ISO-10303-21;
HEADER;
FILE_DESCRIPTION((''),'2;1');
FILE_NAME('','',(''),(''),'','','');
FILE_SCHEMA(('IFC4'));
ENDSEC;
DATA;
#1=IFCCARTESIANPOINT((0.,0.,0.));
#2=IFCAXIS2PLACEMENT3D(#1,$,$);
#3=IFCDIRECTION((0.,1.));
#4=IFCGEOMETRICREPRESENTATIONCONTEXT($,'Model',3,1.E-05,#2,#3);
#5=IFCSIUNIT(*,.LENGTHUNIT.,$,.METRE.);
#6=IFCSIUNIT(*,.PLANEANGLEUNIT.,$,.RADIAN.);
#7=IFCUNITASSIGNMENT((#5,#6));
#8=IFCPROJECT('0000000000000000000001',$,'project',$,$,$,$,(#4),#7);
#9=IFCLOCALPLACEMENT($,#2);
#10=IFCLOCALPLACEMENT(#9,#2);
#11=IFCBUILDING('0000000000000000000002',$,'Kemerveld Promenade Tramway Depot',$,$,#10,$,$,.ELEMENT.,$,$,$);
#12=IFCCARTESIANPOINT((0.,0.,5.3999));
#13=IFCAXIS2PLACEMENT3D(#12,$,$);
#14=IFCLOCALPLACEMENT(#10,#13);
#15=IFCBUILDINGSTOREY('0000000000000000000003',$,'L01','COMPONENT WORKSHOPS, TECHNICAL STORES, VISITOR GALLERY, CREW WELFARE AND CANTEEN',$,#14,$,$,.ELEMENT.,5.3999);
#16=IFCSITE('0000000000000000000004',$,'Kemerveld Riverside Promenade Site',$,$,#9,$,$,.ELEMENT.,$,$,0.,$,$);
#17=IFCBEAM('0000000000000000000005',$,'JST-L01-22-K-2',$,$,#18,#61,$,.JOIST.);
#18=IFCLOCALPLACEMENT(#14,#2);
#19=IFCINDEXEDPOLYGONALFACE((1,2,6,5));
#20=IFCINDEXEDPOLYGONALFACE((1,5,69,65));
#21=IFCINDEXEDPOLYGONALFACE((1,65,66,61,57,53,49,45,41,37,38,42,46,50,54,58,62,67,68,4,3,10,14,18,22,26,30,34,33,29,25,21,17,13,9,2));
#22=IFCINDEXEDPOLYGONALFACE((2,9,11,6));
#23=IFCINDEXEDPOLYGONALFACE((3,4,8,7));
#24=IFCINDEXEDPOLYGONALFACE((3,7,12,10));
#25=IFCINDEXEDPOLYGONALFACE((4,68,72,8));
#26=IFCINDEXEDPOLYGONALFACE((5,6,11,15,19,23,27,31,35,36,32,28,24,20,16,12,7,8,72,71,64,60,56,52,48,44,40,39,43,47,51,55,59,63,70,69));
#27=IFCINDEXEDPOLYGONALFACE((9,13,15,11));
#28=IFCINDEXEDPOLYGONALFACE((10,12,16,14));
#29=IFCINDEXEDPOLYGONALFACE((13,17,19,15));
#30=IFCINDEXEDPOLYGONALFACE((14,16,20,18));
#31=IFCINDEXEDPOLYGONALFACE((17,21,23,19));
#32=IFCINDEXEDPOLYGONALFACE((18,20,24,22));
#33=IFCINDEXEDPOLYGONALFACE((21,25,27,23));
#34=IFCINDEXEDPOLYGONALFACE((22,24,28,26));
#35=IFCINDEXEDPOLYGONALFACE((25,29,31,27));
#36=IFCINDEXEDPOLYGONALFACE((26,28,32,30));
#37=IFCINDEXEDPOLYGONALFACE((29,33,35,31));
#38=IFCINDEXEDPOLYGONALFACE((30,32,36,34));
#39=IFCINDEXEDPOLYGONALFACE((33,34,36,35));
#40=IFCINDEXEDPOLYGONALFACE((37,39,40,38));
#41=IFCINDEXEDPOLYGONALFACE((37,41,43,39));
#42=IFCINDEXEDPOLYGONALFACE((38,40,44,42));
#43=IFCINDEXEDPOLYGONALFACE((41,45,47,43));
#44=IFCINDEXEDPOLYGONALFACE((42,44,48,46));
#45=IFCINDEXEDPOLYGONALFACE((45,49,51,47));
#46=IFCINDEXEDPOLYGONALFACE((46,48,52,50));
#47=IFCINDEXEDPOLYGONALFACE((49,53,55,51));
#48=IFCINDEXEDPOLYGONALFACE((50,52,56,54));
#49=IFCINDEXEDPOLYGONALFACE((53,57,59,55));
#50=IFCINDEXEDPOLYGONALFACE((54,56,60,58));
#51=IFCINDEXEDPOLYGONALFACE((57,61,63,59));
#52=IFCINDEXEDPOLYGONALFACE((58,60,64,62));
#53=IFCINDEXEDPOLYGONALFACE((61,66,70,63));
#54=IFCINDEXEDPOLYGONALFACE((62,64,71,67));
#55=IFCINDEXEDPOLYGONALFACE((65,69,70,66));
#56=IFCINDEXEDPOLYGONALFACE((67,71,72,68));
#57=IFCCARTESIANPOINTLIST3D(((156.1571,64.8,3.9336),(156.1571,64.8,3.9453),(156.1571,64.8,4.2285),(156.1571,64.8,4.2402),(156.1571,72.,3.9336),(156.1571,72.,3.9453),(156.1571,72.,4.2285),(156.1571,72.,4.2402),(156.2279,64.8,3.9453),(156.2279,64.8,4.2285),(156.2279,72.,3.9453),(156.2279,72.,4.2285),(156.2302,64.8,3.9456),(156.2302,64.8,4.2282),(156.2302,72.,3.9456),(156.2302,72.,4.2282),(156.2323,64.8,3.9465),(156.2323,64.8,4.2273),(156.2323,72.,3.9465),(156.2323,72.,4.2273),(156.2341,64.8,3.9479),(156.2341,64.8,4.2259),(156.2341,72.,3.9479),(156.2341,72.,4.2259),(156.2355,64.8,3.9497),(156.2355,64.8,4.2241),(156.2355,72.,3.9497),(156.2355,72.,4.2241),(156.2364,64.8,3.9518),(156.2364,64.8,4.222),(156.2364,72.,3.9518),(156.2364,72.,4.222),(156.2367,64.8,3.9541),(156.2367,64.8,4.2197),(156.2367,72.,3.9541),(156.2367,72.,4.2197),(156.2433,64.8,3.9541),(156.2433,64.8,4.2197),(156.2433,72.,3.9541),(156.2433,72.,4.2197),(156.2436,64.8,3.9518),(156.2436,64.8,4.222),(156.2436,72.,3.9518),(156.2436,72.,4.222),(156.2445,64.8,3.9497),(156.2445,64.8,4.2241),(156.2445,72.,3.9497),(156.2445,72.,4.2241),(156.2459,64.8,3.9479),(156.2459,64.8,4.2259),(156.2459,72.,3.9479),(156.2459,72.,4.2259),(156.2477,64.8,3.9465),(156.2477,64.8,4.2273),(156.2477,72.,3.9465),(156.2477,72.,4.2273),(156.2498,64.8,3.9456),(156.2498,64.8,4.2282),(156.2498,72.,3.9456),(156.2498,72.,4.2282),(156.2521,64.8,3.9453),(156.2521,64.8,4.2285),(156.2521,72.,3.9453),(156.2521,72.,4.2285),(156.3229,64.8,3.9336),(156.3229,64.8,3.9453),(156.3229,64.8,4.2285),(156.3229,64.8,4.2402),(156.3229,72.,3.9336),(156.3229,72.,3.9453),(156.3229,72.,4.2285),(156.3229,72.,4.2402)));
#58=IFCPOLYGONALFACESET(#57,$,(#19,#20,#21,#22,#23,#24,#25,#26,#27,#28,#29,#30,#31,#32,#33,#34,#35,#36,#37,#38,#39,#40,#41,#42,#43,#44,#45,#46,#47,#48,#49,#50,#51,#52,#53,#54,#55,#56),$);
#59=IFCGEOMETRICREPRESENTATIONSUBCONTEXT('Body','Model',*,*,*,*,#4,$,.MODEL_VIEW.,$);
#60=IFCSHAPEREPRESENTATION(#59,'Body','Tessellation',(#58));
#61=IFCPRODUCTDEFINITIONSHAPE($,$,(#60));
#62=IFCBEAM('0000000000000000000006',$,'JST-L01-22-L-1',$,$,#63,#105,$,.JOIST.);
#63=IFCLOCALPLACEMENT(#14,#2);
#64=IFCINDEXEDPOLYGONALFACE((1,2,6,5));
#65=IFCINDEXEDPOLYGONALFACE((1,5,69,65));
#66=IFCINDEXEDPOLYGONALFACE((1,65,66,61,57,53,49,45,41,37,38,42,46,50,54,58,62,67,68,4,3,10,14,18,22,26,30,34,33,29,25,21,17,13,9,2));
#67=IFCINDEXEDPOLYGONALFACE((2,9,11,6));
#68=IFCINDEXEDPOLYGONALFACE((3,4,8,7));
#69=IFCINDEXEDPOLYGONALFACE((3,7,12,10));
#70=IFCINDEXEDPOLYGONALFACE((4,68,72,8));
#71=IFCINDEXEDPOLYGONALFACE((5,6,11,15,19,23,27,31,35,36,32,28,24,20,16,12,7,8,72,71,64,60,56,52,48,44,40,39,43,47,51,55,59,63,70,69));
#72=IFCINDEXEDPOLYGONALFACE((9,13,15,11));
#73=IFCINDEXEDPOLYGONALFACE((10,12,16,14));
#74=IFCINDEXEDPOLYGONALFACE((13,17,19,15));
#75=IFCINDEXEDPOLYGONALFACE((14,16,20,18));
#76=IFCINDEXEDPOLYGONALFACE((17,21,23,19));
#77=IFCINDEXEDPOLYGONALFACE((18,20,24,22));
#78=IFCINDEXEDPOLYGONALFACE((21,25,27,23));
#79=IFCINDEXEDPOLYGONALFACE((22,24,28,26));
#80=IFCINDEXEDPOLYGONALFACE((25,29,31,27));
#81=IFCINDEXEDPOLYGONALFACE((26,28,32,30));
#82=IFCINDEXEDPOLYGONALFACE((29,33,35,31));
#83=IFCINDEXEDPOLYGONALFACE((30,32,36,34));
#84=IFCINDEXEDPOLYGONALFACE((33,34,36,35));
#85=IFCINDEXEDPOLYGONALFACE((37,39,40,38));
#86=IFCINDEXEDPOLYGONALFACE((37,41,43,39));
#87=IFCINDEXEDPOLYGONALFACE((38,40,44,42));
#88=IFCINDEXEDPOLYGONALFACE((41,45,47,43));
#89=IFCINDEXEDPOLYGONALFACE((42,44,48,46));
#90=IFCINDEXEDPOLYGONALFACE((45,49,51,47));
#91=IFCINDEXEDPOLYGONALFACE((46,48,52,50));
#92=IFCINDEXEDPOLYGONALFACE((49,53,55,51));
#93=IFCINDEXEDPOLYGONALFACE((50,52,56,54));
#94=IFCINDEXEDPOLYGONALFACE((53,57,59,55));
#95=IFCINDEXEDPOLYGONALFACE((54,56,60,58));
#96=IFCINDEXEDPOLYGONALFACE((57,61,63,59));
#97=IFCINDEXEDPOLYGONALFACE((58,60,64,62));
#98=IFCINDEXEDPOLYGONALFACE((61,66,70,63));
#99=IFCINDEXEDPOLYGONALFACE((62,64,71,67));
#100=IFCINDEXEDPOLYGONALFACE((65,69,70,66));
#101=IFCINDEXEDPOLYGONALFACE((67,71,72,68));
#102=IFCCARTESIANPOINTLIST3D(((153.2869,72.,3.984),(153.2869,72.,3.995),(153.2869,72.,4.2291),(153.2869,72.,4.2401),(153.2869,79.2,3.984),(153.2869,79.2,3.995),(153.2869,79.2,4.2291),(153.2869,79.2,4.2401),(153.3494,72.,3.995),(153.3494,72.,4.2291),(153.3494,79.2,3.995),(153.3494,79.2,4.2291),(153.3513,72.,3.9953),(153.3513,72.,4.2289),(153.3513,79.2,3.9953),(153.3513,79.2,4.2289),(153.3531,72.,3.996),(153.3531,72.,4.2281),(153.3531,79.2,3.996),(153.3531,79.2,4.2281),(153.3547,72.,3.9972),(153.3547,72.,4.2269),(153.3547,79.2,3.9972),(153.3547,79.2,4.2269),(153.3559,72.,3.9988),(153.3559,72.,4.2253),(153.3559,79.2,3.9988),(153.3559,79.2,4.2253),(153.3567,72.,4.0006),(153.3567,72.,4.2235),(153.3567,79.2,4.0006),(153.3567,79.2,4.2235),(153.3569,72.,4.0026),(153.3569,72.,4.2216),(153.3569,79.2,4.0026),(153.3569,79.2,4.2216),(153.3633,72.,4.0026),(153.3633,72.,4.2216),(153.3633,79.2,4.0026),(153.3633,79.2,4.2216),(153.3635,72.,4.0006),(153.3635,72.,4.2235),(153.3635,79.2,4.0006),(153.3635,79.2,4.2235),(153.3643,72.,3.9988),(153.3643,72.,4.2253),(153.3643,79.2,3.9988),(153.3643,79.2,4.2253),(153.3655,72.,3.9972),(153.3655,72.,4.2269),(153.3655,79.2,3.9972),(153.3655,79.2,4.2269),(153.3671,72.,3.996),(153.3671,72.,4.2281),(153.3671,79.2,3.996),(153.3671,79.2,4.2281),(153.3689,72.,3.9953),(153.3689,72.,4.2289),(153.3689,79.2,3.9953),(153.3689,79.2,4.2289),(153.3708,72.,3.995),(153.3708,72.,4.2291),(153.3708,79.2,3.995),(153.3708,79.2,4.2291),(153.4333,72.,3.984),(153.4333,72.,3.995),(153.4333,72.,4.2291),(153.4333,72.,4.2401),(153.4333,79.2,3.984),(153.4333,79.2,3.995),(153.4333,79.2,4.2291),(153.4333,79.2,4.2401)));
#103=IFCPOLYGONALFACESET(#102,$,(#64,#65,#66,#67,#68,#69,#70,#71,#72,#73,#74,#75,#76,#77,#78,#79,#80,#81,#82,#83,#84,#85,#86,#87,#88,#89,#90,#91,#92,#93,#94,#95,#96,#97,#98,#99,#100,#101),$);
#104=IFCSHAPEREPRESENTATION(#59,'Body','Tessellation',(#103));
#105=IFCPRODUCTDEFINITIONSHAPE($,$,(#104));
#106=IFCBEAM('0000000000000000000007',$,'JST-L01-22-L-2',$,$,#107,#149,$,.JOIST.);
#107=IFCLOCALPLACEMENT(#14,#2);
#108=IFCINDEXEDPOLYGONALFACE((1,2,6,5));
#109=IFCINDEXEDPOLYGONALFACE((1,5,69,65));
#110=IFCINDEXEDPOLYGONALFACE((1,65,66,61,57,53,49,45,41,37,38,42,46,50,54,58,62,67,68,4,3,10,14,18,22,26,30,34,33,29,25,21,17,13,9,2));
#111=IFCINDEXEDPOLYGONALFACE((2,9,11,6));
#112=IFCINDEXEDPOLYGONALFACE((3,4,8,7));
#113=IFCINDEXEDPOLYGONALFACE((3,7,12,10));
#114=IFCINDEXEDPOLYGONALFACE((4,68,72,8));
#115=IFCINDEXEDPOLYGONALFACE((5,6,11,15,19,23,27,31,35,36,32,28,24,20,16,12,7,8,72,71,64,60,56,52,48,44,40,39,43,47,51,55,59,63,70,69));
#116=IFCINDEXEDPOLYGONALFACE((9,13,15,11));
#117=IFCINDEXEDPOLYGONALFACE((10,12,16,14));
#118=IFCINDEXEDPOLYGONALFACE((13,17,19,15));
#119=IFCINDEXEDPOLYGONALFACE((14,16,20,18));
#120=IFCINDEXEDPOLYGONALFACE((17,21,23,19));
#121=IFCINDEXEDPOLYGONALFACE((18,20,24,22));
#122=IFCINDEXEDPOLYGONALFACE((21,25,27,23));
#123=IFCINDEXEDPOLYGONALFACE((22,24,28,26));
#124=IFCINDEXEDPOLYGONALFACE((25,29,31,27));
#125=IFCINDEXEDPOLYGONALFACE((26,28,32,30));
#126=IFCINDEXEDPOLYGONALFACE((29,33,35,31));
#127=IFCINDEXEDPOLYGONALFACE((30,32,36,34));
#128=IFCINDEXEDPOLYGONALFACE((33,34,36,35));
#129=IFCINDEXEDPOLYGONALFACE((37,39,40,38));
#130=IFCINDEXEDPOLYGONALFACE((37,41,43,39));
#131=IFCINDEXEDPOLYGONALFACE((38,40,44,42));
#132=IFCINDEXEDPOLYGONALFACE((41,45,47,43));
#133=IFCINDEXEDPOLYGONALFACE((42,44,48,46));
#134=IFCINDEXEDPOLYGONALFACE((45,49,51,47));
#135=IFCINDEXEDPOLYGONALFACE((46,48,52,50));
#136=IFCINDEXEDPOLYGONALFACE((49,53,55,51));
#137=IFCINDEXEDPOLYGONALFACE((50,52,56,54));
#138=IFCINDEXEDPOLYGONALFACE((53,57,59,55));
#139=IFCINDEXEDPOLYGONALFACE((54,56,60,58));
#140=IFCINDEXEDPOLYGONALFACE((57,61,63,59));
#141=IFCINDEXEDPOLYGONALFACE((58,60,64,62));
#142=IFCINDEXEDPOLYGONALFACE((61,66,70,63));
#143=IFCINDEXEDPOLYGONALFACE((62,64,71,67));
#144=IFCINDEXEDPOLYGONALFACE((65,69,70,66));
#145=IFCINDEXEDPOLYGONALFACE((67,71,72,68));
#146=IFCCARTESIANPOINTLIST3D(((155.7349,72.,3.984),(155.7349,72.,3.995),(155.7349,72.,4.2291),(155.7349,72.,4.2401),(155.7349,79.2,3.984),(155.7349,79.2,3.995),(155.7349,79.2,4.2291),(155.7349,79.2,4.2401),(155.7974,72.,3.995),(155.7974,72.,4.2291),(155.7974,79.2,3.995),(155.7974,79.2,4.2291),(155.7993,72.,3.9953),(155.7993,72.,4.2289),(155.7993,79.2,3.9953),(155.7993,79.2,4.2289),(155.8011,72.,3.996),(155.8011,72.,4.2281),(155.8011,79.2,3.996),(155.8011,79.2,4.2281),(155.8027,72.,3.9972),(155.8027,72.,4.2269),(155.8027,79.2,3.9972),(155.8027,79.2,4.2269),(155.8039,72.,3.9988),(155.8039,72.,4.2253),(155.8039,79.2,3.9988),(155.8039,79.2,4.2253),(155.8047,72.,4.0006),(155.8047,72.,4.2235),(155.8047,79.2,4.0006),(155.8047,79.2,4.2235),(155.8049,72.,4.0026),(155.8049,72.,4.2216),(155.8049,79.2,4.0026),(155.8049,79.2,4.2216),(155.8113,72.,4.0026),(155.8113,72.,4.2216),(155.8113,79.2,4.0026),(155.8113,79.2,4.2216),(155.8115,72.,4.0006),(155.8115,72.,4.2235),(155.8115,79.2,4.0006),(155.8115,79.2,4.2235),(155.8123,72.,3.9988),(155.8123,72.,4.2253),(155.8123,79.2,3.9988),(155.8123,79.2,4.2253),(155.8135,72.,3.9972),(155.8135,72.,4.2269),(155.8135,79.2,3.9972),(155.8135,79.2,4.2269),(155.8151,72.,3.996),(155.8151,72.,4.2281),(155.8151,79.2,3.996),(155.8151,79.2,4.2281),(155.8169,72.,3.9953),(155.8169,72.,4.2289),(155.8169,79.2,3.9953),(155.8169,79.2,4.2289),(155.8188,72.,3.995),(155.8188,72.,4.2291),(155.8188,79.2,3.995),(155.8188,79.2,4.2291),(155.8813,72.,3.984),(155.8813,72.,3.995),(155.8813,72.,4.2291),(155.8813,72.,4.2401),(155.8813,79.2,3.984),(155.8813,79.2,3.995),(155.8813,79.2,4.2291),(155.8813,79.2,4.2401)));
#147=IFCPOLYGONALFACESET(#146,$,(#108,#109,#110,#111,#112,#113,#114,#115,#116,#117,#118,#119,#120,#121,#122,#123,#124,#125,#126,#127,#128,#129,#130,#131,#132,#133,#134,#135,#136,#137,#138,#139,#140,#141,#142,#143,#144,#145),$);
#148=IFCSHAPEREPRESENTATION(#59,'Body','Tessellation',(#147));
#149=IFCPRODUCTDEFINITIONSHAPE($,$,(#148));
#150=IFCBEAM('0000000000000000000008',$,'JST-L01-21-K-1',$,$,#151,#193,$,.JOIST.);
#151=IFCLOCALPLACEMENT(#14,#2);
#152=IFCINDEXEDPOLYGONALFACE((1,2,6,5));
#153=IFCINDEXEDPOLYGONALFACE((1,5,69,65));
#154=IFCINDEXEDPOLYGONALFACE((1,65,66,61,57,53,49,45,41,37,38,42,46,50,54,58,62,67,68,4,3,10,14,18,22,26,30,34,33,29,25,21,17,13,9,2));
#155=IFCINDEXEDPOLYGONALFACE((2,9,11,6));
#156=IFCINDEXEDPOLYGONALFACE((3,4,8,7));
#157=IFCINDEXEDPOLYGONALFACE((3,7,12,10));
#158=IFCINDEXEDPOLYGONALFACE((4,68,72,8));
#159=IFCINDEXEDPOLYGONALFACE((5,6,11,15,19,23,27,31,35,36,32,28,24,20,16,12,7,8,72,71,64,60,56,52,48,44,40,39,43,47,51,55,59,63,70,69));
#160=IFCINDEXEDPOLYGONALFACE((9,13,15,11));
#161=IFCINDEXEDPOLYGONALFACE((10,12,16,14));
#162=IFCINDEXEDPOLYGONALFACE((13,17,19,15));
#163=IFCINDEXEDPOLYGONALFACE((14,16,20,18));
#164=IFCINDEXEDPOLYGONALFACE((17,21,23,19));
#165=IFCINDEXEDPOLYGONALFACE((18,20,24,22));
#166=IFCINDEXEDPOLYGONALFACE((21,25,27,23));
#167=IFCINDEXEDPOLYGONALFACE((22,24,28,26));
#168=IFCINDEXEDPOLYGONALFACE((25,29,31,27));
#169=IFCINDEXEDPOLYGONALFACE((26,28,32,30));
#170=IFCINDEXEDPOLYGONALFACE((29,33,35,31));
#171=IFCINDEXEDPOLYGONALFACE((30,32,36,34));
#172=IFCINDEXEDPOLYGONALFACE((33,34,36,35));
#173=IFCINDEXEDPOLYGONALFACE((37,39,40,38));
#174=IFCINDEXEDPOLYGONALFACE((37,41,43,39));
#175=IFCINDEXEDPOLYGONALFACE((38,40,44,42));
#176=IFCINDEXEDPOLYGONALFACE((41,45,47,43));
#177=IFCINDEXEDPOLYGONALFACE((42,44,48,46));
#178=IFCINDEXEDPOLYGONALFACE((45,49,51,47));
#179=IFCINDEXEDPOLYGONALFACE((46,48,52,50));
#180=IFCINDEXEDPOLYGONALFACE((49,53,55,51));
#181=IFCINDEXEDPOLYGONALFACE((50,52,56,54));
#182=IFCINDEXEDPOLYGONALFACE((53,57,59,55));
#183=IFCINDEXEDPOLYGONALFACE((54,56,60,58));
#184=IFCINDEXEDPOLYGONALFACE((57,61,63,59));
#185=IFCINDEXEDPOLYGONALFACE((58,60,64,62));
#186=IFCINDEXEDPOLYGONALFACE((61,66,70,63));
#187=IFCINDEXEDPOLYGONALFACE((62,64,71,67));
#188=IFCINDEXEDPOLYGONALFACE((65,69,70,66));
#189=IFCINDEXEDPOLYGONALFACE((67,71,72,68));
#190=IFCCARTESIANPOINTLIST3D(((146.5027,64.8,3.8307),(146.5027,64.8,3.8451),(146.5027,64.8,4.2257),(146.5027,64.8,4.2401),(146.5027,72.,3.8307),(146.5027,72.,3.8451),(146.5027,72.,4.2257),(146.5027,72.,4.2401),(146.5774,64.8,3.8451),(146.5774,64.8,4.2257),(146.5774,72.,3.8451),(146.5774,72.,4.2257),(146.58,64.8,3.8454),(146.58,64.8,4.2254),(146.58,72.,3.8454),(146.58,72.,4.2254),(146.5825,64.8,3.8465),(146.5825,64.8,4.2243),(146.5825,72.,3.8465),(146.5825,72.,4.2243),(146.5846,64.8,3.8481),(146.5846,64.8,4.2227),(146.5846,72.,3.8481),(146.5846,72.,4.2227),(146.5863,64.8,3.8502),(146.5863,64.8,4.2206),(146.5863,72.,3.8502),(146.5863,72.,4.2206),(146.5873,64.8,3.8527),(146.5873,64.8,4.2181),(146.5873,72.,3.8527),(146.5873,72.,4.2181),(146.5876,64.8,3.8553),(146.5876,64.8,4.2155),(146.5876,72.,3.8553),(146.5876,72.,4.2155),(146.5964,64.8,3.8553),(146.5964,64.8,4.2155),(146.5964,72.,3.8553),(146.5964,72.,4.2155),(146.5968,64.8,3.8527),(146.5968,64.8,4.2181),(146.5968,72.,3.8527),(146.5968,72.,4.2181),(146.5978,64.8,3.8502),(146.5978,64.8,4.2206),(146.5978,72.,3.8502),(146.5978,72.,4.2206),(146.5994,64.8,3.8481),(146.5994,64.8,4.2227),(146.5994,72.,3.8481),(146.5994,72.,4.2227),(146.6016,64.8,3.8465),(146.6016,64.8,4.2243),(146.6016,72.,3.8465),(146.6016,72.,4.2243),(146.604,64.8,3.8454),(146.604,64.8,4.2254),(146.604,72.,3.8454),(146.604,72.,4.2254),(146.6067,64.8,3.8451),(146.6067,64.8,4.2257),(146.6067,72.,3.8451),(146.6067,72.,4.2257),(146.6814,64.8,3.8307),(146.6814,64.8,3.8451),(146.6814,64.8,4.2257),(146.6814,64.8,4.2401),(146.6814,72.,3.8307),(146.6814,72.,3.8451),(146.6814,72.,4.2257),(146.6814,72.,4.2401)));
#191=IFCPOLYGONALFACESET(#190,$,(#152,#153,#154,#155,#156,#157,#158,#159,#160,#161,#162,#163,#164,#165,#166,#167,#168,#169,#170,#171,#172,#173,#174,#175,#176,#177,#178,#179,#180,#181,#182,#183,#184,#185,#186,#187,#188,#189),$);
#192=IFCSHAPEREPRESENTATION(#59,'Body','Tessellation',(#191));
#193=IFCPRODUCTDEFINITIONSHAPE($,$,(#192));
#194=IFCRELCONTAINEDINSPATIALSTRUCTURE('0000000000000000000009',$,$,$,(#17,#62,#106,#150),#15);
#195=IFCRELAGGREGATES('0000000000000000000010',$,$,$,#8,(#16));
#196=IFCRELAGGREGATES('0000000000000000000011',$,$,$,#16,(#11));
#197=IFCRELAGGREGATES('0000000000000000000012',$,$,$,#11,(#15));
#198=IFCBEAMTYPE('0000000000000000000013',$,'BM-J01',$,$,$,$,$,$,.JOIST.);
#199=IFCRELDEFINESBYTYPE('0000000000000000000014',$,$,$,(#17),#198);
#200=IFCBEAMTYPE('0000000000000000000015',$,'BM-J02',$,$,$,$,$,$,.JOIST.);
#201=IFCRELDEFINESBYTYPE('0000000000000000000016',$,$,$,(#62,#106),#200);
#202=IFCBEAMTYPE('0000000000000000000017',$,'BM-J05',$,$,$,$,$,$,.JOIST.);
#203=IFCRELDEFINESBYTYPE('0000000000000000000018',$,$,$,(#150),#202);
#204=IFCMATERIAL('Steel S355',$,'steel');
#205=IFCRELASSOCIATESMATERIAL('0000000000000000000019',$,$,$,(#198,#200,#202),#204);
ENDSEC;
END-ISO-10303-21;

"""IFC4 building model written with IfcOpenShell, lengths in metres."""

from ifc_helpers import new_model, si_unit, direction, frame, origin, origin_2d, place, context, subcontext, project, spatial, i_section, extrude, material, material_profile, profile_set, type_object, element, save


model = new_model("IFC4")

# Units and contexts
model_context = context("Model", 3, precision=1e-05, world=origin(), true_north=direction((0.0, 1.0)))
body_context = subcontext(model_context, "Body", "Model", "MODEL_VIEW")
ifc_project = project(units=[si_unit("LENGTHUNIT", "METRE"), si_unit("PLANEANGLEUNIT", "RADIAN")], contexts=[model_context])

# Site, building, storey
site_placement = place(None, origin())
site = spatial("IfcSite", under=ifc_project, at=site_placement, Name="Kemerveld Riverside Promenade Site", CompositionType="ELEMENT", RefElevation=0.0)
building_placement = place(site_placement, origin())
building = spatial("IfcBuilding", under=site, at=building_placement, Name="Kemerveld Promenade Tramway Depot", CompositionType="ELEMENT")
storey_placement = place(building_placement, frame((0.0, 0.0, 5.3999)))
storey = spatial("IfcBuildingStorey", under=building, at=storey_placement, Name="L01", Description="COMPONENT WORKSHOPS, TECHNICAL STORES, VISITOR GALLERY, CREW WELFARE AND CANTEEN", CompositionType="ELEMENT", Elevation=5.3999)

# Shared definitions
ifc_material_1 = material(Name="Steel S355", Category="steel")

# Beams
ifc_material_profile_1 = material_profile(ifc_material_1, i_section(OverallWidth=0.1658, OverallDepth=0.3066, WebThickness=0.0066, FlangeThickness=0.0117, FilletRadius=0.0088, at=origin_2d()), Name="305x165x46 UB")
ifc_profile_set_1 = profile_set([ifc_material_profile_1], Name="Steel S355")
beam_type_1 = type_object("IfcBeamType", Name="BM-J01", PredefinedType="JOIST", material=ifc_profile_set_1)
for number, where, z_axis, x_axis, name in (
    (1, (156.24, 64.8, 4.0869), (0.0, 1.0, 0.0), (-1.0, 0.0, 0.0), "JST-L01-22-K-2"),
):
    element("IfcBeam", number, at=place(storey_placement, frame(where, z_axis=z_axis, x_axis=x_axis)), inside=storey, type_object=beam_type_1, Name=name, PredefinedType="JOIST", context=body_context, shape_type="SweptSolid", body=[
        extrude(i_section(OverallWidth=0.1658, OverallDepth=0.3066, WebThickness=0.0066, FlangeThickness=0.0117, FilletRadius=0.0088, at=origin_2d()), origin(), (0.0, 0.0, 1.0), 7.2),
    ])
ifc_material_profile_2 = material_profile(ifc_material_1, i_section(OverallWidth=0.1465, OverallDepth=0.2561, WebThickness=0.0063, FlangeThickness=0.011, FilletRadius=0.0076, at=origin_2d()), Name="254x146x37 UB")
ifc_profile_set_2 = profile_set([ifc_material_profile_2], Name="Steel S355")
beam_type_2 = type_object("IfcBeamType", Name="BM-J02", PredefinedType="JOIST", material=ifc_profile_set_2)
for number, where, z_axis, x_axis, name in (
    (2, (153.3601, 72.0, 4.1121), (0.0, 1.0, 0.0), (-1.0, 0.0, 0.0), "JST-L01-22-L-1"),
    (3, (155.8081, 72.0, 4.1121), (0.0, 1.0, 0.0), (-1.0, 0.0, 0.0), "JST-L01-22-L-2"),
):
    element("IfcBeam", number, at=place(storey_placement, frame(where, z_axis=z_axis, x_axis=x_axis)), inside=storey, type_object=beam_type_2, Name=name, PredefinedType="JOIST", context=body_context, shape_type="SweptSolid", body=[
        extrude(i_section(OverallWidth=0.1465, OverallDepth=0.2561, WebThickness=0.0063, FlangeThickness=0.011, FilletRadius=0.0076, at=origin_2d()), origin(), (0.0, 0.0, 1.0), 7.2),
    ])
ifc_material_profile_3 = material_profile(ifc_material_1, i_section(OverallWidth=0.1787, OverallDepth=0.4094, WebThickness=0.0088, FlangeThickness=0.0144, FilletRadius=0.0103, at=origin_2d()), Name="406x178x67 UB")
ifc_profile_set_3 = profile_set([ifc_material_profile_3], Name="Steel S355")
beam_type_3 = type_object("IfcBeamType", Name="BM-J05", PredefinedType="JOIST", material=ifc_profile_set_3)
for number, where, z_axis, x_axis, name in (
    (4, (146.592, 64.8, 4.0354), (0.0, 1.0, 0.0), (-1.0, 0.0, 0.0), "JST-L01-21-K-1"),
):
    element("IfcBeam", number, at=place(storey_placement, frame(where, z_axis=z_axis, x_axis=x_axis)), inside=storey, type_object=beam_type_3, Name=name, PredefinedType="JOIST", context=body_context, shape_type="SweptSolid", body=[
        extrude(i_section(OverallWidth=0.1787, OverallDepth=0.4094, WebThickness=0.0088, FlangeThickness=0.0144, FilletRadius=0.0103, at=origin_2d()), origin(), (0.0, 0.0, 1.0), 7.2),
    ])

save(model, "model.ifc")
